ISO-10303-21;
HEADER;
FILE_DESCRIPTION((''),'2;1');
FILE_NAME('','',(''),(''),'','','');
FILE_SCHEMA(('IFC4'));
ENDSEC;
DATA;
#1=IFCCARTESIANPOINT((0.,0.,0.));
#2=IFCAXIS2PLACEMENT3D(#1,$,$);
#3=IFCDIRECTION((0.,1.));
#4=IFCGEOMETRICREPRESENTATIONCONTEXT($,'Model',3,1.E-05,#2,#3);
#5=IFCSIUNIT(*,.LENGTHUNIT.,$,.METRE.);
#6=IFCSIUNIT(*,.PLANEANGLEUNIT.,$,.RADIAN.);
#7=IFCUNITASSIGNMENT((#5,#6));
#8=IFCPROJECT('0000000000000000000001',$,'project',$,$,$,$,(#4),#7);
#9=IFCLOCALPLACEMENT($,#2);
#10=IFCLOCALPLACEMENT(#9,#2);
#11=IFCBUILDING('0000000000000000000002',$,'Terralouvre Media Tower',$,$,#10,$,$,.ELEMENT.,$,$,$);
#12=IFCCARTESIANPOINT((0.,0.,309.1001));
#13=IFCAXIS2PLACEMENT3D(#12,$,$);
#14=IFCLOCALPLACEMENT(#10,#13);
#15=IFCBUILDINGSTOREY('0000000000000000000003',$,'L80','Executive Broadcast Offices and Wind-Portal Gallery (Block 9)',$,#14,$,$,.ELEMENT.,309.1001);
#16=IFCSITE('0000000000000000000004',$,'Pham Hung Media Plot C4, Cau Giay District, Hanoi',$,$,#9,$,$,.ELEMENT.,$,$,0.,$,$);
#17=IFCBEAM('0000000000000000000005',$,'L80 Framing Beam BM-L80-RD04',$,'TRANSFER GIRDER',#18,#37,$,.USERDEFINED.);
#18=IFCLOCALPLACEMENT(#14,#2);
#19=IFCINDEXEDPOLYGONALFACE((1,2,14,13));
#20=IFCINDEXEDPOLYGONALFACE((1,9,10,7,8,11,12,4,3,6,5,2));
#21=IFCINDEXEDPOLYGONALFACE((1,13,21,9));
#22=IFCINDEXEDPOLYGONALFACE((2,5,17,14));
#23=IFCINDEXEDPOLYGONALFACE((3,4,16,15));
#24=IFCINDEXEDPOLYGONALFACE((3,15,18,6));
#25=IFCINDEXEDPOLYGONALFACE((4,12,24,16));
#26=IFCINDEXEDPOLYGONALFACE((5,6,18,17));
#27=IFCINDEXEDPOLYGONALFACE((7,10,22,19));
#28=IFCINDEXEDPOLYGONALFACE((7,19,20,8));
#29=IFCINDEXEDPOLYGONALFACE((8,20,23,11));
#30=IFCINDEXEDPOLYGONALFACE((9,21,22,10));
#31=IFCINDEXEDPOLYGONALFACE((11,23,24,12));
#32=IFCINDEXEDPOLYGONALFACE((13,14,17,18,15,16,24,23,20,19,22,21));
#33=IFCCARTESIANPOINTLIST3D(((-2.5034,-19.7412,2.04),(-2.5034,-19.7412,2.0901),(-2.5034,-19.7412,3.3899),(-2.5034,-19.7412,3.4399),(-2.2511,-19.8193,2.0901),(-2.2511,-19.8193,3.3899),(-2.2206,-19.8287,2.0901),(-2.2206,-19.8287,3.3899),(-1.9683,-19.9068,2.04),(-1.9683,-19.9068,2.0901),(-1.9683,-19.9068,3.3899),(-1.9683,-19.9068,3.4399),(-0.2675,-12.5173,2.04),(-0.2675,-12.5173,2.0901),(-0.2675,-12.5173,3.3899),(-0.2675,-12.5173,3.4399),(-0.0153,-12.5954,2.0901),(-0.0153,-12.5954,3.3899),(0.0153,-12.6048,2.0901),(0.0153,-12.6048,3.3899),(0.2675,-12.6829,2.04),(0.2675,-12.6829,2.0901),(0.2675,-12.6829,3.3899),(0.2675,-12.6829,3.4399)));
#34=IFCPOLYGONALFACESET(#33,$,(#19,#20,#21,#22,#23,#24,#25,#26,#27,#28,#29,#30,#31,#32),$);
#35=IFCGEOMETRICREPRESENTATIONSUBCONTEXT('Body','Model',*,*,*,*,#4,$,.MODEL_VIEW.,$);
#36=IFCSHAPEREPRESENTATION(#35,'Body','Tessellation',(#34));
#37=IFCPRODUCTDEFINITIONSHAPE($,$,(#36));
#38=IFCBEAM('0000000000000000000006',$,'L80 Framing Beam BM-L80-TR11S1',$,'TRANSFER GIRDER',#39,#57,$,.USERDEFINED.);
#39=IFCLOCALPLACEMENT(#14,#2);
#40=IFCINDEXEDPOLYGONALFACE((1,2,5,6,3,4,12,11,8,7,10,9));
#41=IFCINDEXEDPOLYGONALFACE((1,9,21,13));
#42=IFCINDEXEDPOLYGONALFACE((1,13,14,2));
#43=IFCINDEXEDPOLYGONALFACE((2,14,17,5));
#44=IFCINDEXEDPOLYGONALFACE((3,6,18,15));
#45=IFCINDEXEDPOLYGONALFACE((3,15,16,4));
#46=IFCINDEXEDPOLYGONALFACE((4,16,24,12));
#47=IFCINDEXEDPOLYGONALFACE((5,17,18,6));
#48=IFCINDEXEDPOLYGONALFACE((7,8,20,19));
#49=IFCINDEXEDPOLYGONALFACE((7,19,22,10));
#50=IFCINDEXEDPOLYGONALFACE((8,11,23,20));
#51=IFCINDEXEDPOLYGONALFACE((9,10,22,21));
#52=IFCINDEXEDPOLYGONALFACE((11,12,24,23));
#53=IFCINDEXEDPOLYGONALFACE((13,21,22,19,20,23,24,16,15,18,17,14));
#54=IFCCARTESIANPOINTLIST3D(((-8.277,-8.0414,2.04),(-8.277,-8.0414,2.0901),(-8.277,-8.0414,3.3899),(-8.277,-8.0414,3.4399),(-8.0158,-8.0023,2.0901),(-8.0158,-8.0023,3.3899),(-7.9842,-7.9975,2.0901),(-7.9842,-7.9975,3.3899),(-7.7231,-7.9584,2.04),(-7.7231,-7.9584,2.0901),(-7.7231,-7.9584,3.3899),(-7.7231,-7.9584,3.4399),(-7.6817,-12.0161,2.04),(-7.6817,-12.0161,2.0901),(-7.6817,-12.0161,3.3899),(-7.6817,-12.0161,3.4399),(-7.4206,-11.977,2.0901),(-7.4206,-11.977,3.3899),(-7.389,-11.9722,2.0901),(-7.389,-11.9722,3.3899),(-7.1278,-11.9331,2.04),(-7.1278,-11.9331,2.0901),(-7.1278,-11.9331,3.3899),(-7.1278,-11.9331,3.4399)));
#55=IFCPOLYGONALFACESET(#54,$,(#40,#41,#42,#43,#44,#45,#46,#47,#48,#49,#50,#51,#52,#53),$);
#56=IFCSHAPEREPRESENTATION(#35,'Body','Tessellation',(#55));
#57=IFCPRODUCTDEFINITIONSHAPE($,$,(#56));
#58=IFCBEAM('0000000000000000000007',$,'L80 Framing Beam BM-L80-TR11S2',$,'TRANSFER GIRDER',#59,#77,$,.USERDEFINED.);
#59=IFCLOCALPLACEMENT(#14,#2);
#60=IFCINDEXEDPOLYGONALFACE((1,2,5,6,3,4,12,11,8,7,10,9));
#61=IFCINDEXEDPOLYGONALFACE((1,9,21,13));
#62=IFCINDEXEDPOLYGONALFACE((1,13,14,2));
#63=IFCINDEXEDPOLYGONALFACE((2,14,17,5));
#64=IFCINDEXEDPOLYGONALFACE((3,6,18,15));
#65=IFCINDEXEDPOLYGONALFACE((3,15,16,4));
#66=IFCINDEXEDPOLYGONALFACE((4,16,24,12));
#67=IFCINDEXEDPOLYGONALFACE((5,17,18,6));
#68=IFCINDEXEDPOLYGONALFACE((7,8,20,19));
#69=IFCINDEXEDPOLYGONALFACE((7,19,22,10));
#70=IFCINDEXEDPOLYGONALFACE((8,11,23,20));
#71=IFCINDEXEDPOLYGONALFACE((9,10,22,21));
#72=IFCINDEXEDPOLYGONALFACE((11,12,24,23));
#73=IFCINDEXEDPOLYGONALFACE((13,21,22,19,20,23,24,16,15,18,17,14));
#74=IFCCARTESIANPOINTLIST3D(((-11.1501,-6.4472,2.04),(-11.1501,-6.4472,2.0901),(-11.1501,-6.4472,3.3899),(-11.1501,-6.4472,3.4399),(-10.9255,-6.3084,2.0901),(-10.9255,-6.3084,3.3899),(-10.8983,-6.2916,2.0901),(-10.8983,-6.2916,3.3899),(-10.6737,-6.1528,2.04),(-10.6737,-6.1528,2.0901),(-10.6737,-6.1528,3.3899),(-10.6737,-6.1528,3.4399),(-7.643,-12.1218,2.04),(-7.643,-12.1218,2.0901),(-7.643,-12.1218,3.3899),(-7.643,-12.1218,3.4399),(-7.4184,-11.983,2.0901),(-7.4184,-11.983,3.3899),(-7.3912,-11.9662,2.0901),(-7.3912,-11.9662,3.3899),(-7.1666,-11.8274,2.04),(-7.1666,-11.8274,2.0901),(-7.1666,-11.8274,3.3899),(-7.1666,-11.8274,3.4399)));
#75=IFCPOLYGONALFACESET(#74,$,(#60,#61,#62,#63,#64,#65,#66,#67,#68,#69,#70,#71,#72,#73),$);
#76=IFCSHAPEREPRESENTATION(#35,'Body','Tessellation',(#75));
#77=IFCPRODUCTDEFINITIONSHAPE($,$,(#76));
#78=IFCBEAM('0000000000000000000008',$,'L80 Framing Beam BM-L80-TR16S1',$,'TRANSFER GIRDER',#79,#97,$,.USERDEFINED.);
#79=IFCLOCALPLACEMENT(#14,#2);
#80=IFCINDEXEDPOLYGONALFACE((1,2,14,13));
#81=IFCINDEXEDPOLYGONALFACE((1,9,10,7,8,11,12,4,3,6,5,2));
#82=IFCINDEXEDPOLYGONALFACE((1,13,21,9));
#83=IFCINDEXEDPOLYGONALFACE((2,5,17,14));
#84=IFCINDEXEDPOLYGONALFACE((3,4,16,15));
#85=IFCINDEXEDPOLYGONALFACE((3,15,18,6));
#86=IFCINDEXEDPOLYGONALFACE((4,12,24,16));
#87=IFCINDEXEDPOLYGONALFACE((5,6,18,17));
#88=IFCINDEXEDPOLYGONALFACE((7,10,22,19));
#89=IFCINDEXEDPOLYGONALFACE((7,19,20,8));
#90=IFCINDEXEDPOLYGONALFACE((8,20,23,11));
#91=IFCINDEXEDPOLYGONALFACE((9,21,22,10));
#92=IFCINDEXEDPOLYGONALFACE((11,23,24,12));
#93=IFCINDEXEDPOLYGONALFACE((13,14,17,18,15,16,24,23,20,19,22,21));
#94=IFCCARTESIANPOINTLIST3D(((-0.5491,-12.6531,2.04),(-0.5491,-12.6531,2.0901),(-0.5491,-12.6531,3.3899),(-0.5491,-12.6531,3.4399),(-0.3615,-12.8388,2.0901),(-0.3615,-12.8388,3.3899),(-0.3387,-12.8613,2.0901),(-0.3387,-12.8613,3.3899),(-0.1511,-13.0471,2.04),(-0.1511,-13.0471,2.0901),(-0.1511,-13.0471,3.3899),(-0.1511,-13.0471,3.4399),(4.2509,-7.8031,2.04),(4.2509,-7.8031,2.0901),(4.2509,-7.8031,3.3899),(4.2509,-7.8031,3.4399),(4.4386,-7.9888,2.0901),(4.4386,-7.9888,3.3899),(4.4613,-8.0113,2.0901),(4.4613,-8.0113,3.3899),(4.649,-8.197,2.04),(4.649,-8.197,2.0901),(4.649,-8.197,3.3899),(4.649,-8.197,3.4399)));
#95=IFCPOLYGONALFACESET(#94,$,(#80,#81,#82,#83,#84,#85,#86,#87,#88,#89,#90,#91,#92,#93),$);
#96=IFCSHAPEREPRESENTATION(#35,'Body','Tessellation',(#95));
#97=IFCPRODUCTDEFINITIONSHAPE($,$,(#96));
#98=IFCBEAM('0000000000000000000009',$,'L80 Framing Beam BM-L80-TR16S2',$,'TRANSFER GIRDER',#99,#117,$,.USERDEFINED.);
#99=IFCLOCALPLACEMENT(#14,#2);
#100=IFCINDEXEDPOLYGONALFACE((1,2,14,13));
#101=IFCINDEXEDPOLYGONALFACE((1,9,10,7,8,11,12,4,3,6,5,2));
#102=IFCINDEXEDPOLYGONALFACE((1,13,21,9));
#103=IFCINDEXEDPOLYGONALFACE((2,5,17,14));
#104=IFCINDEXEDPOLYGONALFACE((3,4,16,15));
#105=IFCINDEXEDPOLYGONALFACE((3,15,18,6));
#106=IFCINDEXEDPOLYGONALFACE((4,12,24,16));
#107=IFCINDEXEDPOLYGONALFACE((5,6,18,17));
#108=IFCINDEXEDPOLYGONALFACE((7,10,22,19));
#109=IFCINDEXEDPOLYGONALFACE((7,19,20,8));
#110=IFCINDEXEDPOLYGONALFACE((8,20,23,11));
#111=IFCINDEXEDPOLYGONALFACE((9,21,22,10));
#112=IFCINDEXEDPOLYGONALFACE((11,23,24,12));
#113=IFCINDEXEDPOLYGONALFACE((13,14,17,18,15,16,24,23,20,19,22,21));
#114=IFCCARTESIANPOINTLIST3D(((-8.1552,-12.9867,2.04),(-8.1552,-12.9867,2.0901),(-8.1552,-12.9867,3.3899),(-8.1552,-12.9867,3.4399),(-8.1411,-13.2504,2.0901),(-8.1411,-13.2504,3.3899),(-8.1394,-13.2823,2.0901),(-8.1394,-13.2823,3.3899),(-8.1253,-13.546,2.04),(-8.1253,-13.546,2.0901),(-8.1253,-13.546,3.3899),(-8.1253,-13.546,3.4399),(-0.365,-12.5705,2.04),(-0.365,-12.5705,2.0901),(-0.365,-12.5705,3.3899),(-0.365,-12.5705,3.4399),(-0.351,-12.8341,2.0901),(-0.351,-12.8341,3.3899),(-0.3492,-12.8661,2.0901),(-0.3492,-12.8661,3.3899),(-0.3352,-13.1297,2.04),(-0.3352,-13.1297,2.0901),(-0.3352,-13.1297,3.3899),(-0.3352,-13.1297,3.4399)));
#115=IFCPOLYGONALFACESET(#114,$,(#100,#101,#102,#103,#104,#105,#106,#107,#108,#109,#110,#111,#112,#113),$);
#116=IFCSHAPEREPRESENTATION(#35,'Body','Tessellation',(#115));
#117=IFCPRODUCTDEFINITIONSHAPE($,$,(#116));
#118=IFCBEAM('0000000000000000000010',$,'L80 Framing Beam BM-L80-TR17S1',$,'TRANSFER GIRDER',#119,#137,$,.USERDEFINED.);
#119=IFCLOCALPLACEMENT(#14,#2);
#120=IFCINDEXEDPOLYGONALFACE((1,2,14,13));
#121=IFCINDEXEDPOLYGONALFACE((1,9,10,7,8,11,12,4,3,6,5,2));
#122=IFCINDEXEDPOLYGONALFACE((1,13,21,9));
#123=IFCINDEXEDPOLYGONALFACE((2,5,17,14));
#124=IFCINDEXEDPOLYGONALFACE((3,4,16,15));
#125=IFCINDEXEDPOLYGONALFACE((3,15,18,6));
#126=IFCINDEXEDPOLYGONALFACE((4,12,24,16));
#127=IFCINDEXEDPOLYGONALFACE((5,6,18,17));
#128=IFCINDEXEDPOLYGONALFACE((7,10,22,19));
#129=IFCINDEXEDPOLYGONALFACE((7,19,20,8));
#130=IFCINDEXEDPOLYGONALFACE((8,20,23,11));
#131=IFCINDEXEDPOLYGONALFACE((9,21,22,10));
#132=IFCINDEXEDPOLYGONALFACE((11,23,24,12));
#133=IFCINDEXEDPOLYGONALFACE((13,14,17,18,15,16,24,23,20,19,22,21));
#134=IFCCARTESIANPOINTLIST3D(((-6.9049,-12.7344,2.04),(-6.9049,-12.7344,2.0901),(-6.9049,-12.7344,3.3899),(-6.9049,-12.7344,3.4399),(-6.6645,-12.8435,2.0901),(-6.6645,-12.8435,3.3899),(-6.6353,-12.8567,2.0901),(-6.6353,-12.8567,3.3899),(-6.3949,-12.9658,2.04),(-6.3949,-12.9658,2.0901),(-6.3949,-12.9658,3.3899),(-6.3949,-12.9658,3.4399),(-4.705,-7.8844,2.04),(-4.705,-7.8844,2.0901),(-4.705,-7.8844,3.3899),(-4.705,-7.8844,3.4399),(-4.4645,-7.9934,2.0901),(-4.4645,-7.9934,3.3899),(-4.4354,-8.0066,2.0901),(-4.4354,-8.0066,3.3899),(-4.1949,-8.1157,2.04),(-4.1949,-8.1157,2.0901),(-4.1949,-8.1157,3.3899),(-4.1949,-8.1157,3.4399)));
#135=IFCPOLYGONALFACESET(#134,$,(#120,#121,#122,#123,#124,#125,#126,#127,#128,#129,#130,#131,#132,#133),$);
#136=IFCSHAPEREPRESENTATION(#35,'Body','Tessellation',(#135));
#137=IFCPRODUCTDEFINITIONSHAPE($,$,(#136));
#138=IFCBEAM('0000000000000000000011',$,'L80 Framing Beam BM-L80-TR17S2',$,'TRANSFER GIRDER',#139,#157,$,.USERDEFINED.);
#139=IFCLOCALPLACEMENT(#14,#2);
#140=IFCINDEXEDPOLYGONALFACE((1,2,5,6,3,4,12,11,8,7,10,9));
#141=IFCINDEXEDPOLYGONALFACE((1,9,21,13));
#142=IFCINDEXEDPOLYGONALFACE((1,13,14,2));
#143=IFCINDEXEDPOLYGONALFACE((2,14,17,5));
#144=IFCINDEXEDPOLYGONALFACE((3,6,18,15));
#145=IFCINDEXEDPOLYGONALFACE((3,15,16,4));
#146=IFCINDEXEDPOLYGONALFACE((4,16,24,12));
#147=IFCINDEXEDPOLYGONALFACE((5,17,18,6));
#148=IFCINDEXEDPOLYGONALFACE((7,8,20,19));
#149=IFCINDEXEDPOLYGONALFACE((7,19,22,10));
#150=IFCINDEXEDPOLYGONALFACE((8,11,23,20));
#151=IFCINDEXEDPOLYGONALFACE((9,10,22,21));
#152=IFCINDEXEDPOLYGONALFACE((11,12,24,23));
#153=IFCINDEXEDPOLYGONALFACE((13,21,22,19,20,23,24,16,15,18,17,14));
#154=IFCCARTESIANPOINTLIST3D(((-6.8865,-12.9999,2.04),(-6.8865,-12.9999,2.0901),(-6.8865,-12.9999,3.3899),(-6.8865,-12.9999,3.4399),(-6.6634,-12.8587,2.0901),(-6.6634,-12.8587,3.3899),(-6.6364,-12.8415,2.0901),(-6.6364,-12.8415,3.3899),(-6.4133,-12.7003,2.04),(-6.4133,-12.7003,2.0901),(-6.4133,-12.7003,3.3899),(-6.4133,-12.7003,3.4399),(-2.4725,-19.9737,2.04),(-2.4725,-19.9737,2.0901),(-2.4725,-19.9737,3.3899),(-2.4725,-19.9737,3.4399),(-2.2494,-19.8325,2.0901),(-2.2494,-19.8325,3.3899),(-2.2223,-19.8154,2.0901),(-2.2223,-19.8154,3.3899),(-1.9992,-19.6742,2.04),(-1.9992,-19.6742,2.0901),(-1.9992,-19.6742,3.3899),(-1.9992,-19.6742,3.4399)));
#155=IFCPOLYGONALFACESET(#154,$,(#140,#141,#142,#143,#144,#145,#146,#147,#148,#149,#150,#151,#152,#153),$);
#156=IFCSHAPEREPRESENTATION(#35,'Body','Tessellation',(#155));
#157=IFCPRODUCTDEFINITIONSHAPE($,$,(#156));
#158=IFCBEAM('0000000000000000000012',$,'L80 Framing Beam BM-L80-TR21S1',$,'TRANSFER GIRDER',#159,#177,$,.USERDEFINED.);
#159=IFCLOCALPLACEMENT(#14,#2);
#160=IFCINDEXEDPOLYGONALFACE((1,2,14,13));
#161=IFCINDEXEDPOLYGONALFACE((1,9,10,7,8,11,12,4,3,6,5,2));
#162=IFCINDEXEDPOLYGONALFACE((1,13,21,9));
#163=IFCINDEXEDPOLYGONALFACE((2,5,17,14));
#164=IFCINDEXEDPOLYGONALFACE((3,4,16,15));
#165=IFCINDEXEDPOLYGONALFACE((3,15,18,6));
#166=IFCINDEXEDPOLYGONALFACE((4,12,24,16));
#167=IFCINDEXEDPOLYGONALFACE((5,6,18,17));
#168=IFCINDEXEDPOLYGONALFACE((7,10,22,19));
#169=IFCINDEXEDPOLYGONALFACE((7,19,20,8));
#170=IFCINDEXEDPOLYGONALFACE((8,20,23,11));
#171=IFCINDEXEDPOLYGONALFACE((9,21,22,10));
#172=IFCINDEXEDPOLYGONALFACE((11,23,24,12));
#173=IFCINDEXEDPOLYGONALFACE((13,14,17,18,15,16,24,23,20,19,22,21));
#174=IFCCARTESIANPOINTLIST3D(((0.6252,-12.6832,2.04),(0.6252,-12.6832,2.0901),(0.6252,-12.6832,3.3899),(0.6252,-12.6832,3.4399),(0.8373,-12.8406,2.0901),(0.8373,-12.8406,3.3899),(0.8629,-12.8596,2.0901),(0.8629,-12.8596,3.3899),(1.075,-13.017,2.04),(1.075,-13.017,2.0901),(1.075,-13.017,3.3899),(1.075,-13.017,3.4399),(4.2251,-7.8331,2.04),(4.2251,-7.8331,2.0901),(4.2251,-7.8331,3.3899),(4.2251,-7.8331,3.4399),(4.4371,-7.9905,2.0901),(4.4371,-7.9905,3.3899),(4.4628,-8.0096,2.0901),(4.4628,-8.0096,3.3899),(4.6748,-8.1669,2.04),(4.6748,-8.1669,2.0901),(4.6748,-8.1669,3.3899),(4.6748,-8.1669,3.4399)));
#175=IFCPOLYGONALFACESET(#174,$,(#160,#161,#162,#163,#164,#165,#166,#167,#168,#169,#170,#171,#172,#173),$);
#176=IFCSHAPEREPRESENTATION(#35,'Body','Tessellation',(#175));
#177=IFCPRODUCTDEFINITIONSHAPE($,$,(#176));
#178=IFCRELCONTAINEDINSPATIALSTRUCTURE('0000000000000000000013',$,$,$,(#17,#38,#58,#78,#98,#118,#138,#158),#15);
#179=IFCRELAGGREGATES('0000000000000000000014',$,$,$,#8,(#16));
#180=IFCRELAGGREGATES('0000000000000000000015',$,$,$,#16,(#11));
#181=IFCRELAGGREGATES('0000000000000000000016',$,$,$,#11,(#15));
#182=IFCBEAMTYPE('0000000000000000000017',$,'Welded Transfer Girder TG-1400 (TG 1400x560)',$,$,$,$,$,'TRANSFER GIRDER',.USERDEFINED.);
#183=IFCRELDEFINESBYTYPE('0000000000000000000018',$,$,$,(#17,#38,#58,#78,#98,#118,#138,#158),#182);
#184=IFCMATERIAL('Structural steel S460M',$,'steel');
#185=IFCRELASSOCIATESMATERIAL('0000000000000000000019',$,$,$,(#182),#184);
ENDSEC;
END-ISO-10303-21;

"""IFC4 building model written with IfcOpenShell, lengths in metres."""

from ifc_helpers import new_model, si_unit, direction, frame, origin, origin_2d, place, context, subcontext, project, spatial, i_section, extrude, material, material_profile, profile_set, type_object, element, save


model = new_model("IFC4")

# Units and contexts
model_context = context("Model", 3, precision=1e-05, world=origin(), true_north=direction((0.0, 1.0)))
body_context = subcontext(model_context, "Body", "Model", "MODEL_VIEW")
ifc_project = project(units=[si_unit("LENGTHUNIT", "METRE"), si_unit("PLANEANGLEUNIT", "RADIAN")], contexts=[model_context])

# Site, building, storey
site_placement = place(None, origin())
site = spatial("IfcSite", under=ifc_project, at=site_placement, Name="Pham Hung Media Plot C4, Cau Giay District, Hanoi", CompositionType="ELEMENT", RefElevation=0.0)
building_placement = place(site_placement, origin())
building = spatial("IfcBuilding", under=site, at=building_placement, Name="Terralouvre Media Tower", CompositionType="ELEMENT")
storey_placement = place(building_placement, frame((0.0, 0.0, 309.1001)))
storey = spatial("IfcBuildingStorey", under=building, at=storey_placement, Name="L80", Description="Executive Broadcast Offices and Wind-Portal Gallery (Block 9)", CompositionType="ELEMENT", Elevation=309.1001)

# Beams
ifc_material_1 = material(Name="Structural steel S460M", Category="steel")
ifc_material_profile_1 = material_profile(ifc_material_1, i_section(OverallWidth=0.5601, OverallDepth=1.3999, WebThickness=0.032, FlangeThickness=0.05, at=origin_2d()), Name="TG 1400x560")
ifc_profile_set_1 = profile_set([ifc_material_profile_1], Name="Structural steel S460M")
beam_type_1 = type_object("IfcBeamType", Name="Welded Transfer Girder TG-1400 (TG 1400x560)", ElementType="TRANSFER GIRDER", PredefinedType="USERDEFINED", material=ifc_profile_set_1)
beam_1_placement = place(storey_placement, frame((0.0, -12.6001, 2.74), z_axis=(-0.295669, -0.95529, 0.0), x_axis=(0.95529, -0.295669, 0.0)))
element("IfcBeam", 1, at=beam_1_placement, inside=storey, type_object=beam_type_1, Name="L80 Framing Beam BM-L80-RD04", ObjectType="TRANSFER GIRDER", PredefinedType="USERDEFINED", context=body_context, shape_type="SweptSolid", body=[
    extrude(i_section(OverallWidth=0.5601, OverallDepth=1.3999, WebThickness=0.032, FlangeThickness=0.05, at=origin_2d()), origin(), (0.0, 0.0, 1.0), 7.562),
])
beam_2_placement = place(storey_placement, frame((-7.4048, -11.9746, 2.74), z_axis=(-0.148103, 0.988972, 0.0), x_axis=(-0.988972, -0.148103, 0.0)))
element("IfcBeam", 2, at=beam_2_placement, inside=storey, type_object=beam_type_1, Name="L80 Framing Beam BM-L80-TR11S1", ObjectType="TRANSFER GIRDER", PredefinedType="USERDEFINED", context=body_context, shape_type="SweptSolid", body=[
    extrude(i_section(OverallWidth=0.5601, OverallDepth=1.3999, WebThickness=0.032, FlangeThickness=0.05, at=origin_2d()), origin(), (0.0, 0.0, 1.0), 4.019),
])
beam_3_placement = place(storey_placement, frame((-7.4048, -11.9746, 2.74), z_axis=(-0.525732, 0.85065, 0.0), x_axis=(-0.85065, -0.525732, 0.0)))
element("IfcBeam", 3, at=beam_3_placement, inside=storey, type_object=beam_type_1, Name="L80 Framing Beam BM-L80-TR11S2", ObjectType="TRANSFER GIRDER", PredefinedType="USERDEFINED", context=body_context, shape_type="SweptSolid", body=[
    extrude(i_section(OverallWidth=0.5601, OverallDepth=1.3999, WebThickness=0.032, FlangeThickness=0.05, at=origin_2d()), origin(), (0.0, 0.0, 1.0), 6.6709),
])
beam_4_placement = place(storey_placement, frame((-0.3501, -12.8501, 2.74), z_axis=(0.70343, 0.710765, 0.0), x_axis=(-0.710765, 0.70343, 0.0)))
element("IfcBeam", 4, at=beam_4_placement, inside=storey, type_object=beam_type_1, Name="L80 Framing Beam BM-L80-TR16S1", ObjectType="TRANSFER GIRDER", PredefinedType="USERDEFINED", context=body_context, shape_type="SweptSolid", body=[
    extrude(i_section(OverallWidth=0.5601, OverallDepth=1.3999, WebThickness=0.032, FlangeThickness=0.05, at=origin_2d()), origin(), (0.0, 0.0, 1.0), 6.8237),
])
beam_5_placement = place(storey_placement, frame((-0.3501, -12.8501, 2.74), z_axis=(-0.998575, -0.053359, 0.0), x_axis=(0.053359, -0.998575, 0.0)))
element("IfcBeam", 5, at=beam_5_placement, inside=storey, type_object=beam_type_1, Name="L80 Framing Beam BM-L80-TR16S2", ObjectType="TRANSFER GIRDER", PredefinedType="USERDEFINED", context=body_context, shape_type="SweptSolid", body=[
    extrude(i_section(OverallWidth=0.5601, OverallDepth=1.3999, WebThickness=0.032, FlangeThickness=0.05, at=origin_2d()), origin(), (0.0, 0.0, 1.0), 7.8013),
])
beam_6_placement = place(storey_placement, frame((-6.6499, -12.8501, 2.74), z_axis=(0.413081, 0.910694, 0.0), x_axis=(-0.910694, 0.413081, 0.0)))
element("IfcBeam", 6, at=beam_6_placement, inside=storey, type_object=beam_type_1, Name="L80 Framing Beam BM-L80-TR17S1", ObjectType="TRANSFER GIRDER", PredefinedType="USERDEFINED", context=body_context, shape_type="SweptSolid", body=[
    extrude(i_section(OverallWidth=0.5601, OverallDepth=1.3999, WebThickness=0.032, FlangeThickness=0.05, at=origin_2d()), origin(), (0.0, 0.0, 1.0), 5.3257),
])
beam_7_placement = place(storey_placement, frame((-6.6499, -12.8501, 2.74), z_axis=(0.534816, -0.844968, 0.0), x_axis=(0.844968, 0.534816, 0.0)))
element("IfcBeam", 7, at=beam_7_placement, inside=storey, type_object=beam_type_1, Name="L80 Framing Beam BM-L80-TR17S2", ObjectType="TRANSFER GIRDER", PredefinedType="USERDEFINED", context=body_context, shape_type="SweptSolid", body=[
    extrude(i_section(OverallWidth=0.5601, OverallDepth=1.3999, WebThickness=0.032, FlangeThickness=0.05, at=origin_2d()), origin(), (0.0, 0.0, 1.0), 8.2534),
])
beam_8_placement = place(storey_placement, frame((0.8501, -12.8501, 2.74), z_axis=(0.595996, 0.802988, 0.0), x_axis=(-0.802988, 0.595996, 0.0)))
element("IfcBeam", 8, at=beam_8_placement, inside=storey, type_object=beam_type_1, Name="L80 Framing Beam BM-L80-TR21S1", ObjectType="TRANSFER GIRDER", PredefinedType="USERDEFINED", context=body_context, shape_type="SweptSolid", body=[
    extrude(i_section(OverallWidth=0.5601, OverallDepth=1.3999, WebThickness=0.032, FlangeThickness=0.05, at=origin_2d()), origin(), (0.0, 0.0, 1.0), 6.04),
])

save(model, "model.ifc")
